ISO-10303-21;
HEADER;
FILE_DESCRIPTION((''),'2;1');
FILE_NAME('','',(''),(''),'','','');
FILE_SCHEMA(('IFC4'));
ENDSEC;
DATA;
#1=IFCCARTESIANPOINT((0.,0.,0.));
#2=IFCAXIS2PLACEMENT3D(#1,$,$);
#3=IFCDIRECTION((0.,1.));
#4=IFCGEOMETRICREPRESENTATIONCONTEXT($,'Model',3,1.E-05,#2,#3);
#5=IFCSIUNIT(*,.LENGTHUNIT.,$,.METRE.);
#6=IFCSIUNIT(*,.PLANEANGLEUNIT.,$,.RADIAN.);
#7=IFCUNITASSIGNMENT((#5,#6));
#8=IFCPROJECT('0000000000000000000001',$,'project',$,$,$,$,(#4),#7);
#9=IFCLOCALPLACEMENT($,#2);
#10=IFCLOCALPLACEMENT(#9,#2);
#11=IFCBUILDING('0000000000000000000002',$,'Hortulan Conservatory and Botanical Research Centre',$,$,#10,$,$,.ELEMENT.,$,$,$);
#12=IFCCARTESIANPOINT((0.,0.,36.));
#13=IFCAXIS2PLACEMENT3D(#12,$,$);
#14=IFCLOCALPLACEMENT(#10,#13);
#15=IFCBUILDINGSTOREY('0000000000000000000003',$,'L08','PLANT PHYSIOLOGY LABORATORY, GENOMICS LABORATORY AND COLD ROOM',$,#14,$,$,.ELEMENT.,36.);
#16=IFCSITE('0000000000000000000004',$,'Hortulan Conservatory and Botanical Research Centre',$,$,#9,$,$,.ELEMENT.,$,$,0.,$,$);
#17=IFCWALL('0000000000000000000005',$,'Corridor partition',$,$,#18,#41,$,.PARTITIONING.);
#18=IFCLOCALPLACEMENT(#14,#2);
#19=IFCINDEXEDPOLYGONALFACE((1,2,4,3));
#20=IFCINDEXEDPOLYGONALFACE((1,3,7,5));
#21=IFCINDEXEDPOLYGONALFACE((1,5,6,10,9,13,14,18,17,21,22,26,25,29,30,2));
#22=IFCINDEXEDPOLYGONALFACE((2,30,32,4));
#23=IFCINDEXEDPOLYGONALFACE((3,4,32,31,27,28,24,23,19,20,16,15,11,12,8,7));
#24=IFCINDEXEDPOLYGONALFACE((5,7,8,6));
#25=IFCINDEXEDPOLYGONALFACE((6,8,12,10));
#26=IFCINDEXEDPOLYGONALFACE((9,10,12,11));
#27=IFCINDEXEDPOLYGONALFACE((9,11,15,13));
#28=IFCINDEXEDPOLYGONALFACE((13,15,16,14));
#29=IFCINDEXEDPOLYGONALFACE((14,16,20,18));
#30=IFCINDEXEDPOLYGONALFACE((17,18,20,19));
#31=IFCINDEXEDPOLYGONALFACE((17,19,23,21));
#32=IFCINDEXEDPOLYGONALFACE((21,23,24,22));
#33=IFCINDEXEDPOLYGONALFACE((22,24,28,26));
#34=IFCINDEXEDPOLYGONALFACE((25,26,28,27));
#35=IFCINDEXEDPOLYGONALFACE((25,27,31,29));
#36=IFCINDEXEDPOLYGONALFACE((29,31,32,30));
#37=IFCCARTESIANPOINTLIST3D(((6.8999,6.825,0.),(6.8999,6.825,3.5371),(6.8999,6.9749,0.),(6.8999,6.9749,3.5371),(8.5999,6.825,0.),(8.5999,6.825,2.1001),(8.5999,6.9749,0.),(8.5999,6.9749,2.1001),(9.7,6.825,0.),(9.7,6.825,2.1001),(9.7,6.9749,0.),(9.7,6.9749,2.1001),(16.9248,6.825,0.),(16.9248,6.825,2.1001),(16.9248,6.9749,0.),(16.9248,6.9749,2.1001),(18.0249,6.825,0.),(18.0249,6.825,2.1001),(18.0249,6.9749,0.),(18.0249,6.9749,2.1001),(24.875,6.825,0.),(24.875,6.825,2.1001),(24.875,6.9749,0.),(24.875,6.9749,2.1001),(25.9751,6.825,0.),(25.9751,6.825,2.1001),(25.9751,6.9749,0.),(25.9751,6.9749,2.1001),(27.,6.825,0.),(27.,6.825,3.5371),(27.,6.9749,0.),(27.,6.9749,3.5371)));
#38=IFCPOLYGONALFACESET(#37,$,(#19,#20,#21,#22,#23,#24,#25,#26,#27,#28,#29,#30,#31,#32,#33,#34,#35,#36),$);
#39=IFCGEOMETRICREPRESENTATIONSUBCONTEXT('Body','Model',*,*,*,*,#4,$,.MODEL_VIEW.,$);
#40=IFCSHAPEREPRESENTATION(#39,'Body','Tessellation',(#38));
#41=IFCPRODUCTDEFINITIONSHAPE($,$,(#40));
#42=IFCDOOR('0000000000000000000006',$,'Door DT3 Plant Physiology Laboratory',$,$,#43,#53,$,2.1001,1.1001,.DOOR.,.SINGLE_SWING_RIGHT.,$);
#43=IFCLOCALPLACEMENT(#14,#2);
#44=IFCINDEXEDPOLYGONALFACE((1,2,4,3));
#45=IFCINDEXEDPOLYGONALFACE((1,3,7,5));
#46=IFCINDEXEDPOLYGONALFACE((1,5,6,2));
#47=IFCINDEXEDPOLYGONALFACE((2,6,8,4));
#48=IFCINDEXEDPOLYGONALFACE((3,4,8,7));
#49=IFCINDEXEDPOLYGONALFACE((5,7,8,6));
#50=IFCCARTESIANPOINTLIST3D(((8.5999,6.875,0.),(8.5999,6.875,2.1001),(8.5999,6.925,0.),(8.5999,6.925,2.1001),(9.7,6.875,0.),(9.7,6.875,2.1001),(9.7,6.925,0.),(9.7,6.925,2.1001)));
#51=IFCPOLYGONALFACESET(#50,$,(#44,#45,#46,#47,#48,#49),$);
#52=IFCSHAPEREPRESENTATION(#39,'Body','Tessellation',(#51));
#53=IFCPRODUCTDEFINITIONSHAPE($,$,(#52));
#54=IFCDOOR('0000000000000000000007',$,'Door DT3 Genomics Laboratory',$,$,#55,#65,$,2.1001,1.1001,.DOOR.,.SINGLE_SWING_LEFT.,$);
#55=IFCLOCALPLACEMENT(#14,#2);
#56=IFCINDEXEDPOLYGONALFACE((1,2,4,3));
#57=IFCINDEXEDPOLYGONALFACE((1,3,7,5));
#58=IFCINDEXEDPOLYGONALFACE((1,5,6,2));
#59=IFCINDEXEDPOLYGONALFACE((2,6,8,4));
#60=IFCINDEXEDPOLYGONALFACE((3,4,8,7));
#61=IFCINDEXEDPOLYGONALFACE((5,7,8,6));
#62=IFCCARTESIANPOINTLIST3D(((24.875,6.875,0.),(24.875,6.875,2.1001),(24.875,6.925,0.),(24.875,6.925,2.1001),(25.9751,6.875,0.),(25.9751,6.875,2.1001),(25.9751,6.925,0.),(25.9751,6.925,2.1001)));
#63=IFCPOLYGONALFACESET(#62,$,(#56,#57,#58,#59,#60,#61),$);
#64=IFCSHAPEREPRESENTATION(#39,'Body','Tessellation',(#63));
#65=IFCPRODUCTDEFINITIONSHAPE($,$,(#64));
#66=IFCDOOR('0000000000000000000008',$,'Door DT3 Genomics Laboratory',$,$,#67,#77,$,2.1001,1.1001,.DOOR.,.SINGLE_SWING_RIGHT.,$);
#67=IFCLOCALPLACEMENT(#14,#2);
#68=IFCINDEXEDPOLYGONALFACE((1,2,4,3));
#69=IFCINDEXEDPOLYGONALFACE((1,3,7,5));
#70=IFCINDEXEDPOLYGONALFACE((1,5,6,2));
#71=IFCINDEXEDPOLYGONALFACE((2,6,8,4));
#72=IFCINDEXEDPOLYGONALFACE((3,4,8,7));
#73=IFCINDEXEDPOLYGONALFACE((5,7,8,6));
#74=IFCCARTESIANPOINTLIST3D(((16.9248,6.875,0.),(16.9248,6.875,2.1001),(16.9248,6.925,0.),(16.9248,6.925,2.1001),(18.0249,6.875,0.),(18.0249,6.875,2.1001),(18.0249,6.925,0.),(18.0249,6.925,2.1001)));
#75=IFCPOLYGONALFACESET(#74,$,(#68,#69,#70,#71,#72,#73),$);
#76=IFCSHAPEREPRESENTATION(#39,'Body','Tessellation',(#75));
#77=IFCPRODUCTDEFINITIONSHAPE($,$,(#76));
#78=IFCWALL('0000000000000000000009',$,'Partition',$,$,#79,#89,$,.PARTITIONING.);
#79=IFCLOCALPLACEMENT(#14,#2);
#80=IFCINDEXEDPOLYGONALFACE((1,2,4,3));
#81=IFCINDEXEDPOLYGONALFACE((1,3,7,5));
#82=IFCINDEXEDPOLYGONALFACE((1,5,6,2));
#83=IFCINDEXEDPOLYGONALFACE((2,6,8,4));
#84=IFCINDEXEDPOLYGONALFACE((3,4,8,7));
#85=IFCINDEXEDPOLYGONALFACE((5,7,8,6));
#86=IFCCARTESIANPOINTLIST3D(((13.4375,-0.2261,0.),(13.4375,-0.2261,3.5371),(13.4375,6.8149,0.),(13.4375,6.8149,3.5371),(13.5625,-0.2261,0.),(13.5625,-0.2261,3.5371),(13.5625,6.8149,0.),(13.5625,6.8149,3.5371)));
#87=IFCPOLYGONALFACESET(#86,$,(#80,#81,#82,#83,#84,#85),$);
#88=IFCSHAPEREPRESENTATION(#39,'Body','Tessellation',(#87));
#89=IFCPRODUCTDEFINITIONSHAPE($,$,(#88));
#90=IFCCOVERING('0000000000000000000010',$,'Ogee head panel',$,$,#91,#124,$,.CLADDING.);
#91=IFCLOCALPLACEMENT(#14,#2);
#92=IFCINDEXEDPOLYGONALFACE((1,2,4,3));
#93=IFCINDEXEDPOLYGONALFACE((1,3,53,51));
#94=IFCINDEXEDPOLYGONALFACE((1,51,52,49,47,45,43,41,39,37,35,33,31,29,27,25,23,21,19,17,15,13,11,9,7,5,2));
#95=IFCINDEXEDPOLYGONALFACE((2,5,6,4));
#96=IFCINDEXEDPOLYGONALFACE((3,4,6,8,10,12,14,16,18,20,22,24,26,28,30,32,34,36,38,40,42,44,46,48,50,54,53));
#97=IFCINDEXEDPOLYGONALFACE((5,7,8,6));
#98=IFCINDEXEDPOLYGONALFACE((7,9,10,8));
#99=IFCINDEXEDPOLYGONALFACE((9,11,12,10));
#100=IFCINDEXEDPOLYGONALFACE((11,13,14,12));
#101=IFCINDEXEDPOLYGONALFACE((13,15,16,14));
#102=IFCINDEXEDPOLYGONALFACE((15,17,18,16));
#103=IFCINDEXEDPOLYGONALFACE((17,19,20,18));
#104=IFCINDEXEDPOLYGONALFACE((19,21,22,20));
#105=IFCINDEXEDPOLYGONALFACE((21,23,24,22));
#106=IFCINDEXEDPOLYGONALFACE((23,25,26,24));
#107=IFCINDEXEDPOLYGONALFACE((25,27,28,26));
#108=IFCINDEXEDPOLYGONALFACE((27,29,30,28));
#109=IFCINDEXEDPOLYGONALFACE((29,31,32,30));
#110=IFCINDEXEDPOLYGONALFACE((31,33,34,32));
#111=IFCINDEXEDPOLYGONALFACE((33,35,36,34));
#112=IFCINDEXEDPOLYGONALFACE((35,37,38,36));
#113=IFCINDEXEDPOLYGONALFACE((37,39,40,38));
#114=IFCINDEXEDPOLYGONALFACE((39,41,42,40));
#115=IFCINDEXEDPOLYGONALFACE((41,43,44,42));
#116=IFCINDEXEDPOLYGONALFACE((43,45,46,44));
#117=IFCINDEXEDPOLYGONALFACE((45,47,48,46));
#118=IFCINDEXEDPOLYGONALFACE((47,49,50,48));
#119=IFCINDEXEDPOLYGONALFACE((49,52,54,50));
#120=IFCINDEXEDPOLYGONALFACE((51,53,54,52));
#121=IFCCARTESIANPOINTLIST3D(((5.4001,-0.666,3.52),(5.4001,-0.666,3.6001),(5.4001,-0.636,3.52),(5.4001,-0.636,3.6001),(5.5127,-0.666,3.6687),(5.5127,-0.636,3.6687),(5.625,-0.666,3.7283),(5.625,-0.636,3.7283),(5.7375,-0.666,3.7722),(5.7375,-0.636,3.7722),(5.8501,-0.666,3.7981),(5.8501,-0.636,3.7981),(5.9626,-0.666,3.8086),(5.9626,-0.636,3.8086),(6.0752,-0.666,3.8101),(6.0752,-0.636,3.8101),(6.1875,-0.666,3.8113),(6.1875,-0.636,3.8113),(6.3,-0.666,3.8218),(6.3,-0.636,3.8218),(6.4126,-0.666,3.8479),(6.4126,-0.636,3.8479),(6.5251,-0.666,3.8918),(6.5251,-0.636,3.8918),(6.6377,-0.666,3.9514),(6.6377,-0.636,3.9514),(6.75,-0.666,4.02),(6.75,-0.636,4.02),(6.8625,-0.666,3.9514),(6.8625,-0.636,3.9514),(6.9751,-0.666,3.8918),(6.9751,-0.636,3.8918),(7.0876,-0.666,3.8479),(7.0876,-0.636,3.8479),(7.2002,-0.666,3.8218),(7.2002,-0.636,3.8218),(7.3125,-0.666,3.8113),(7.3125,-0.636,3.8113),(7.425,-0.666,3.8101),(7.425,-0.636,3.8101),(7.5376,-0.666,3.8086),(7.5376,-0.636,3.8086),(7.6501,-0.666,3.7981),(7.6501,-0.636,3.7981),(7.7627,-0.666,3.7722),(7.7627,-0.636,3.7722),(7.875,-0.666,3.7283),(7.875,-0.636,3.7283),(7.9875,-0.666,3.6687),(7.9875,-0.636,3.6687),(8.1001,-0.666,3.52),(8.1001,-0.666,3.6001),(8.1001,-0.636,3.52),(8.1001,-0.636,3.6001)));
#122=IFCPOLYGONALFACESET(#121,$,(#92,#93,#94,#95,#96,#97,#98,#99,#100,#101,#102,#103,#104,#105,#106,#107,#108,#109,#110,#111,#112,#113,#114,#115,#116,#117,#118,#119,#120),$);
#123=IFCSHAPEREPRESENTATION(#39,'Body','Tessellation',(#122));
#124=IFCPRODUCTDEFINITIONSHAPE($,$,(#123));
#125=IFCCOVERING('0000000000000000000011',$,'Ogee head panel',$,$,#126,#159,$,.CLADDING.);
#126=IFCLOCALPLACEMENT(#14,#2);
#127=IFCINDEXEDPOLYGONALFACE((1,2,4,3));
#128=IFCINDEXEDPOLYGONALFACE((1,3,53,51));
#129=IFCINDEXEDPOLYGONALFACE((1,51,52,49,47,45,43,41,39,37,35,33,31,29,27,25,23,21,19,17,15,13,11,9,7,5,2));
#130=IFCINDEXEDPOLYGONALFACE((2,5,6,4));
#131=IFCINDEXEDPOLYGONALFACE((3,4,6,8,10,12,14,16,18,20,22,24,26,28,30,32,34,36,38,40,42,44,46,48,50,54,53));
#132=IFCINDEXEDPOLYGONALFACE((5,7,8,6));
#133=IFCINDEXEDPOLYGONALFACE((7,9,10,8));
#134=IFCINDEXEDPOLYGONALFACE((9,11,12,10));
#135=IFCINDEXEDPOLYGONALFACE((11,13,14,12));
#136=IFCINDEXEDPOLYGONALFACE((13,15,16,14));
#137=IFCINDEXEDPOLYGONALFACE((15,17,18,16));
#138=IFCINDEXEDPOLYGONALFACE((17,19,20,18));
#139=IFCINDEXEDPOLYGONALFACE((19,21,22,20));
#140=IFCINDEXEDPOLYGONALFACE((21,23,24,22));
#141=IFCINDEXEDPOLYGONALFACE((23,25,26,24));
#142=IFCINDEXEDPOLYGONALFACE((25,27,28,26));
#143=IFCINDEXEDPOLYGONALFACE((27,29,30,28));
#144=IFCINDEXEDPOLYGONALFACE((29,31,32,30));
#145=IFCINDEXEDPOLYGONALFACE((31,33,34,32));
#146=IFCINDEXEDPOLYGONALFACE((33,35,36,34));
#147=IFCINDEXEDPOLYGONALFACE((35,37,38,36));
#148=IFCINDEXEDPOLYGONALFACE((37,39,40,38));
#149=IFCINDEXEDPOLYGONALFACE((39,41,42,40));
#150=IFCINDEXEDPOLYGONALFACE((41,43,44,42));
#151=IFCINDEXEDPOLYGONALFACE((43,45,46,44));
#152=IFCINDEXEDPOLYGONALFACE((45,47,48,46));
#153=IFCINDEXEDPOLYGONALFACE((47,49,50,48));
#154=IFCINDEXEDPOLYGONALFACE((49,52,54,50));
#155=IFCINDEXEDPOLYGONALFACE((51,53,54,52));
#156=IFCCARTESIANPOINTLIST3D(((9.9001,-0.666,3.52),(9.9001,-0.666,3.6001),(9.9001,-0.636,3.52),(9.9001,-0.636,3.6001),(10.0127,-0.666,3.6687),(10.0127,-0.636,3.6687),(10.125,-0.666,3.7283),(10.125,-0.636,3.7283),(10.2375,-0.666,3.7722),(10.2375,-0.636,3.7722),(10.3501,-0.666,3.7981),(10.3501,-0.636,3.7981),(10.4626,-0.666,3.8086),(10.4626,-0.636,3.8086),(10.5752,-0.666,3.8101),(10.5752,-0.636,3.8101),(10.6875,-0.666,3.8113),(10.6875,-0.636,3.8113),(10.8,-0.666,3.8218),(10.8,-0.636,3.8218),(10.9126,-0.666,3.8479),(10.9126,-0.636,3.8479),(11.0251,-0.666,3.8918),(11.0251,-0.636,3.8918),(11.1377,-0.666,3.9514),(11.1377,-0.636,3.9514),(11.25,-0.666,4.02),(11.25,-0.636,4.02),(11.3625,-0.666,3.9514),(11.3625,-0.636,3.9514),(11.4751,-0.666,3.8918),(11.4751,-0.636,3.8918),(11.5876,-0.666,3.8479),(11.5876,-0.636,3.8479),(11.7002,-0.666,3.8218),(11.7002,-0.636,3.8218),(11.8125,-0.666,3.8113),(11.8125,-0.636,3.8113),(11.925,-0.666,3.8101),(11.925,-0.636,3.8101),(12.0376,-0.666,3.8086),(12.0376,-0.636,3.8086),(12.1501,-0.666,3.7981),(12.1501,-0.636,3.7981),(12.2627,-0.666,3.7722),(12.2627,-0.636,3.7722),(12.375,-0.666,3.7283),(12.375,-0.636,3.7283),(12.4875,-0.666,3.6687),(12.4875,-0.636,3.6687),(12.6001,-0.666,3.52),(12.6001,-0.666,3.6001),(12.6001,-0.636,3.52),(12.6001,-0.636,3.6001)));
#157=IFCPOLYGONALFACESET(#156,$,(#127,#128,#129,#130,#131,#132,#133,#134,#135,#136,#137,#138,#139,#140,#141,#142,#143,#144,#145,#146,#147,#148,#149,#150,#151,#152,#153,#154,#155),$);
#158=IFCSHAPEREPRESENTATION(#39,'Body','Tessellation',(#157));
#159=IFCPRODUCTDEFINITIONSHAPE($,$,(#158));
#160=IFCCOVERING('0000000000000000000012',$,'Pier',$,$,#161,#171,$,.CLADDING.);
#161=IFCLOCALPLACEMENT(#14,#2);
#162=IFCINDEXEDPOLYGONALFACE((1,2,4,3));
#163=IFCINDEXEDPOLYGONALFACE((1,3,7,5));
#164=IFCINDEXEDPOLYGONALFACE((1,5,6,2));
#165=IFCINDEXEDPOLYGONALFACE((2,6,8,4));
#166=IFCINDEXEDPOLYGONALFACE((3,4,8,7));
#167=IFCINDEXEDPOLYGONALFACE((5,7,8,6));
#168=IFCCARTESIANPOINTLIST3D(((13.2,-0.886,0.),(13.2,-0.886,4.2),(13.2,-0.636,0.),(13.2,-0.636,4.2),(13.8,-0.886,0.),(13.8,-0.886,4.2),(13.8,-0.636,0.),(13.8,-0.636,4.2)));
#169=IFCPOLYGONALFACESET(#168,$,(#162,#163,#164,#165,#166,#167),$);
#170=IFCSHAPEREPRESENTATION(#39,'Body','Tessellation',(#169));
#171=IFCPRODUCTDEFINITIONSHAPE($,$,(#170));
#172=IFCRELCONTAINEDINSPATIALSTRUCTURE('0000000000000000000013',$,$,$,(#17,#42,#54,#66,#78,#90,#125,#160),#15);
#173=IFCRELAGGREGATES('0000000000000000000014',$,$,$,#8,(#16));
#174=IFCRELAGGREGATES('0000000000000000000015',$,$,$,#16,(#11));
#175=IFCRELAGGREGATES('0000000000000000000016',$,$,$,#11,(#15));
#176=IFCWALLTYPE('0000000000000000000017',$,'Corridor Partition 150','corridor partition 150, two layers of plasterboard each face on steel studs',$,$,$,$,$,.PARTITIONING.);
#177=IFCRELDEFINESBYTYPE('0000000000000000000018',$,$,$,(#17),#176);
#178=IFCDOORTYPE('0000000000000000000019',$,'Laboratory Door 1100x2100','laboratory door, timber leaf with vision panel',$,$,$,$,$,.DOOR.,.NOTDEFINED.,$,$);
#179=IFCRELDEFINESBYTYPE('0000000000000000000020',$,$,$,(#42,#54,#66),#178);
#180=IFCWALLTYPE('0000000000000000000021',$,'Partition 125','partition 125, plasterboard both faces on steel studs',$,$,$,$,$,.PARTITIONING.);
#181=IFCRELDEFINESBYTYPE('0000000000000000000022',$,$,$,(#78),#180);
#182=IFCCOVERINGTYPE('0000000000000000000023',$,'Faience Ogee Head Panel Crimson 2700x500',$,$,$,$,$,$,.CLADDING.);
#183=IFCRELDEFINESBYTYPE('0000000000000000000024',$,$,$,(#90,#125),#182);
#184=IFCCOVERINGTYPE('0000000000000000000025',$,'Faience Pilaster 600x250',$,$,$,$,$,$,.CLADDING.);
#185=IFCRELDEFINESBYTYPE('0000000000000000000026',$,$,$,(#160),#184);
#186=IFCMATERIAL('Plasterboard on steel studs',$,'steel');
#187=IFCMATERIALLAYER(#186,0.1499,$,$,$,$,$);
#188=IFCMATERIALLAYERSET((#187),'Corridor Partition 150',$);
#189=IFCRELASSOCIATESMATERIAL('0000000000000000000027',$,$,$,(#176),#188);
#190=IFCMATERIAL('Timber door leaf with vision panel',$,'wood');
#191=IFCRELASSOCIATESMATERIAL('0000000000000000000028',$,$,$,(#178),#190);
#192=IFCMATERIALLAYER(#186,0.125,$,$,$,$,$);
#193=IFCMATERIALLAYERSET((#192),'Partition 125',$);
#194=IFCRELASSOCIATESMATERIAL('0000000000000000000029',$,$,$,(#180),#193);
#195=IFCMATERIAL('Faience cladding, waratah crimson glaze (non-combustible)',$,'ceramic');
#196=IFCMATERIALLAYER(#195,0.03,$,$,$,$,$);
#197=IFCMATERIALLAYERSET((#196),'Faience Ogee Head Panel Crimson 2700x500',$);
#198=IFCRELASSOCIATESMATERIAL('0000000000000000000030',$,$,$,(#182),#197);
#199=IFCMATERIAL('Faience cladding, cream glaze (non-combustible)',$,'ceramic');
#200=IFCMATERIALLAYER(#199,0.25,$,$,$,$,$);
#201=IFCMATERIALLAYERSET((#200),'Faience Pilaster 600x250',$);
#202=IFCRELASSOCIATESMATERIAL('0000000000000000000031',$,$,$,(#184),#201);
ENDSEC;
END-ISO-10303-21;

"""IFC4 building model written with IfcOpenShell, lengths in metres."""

from ifc_helpers import new_model, si_unit, direction, frame, frame_2d, origin, origin_2d, place, context, subcontext, project, spatial, polyline, rectangle, outline, extrude, material, layer, layer_set, type_object, element, fill, save


model = new_model("IFC4")

# Units and contexts
model_context = context("Model", 3, precision=1e-05, world=origin(), true_north=direction((0.0, 1.0)))
body_context = subcontext(model_context, "Body", "Model", "MODEL_VIEW")
ifc_project = project(units=[si_unit("LENGTHUNIT", "METRE"), si_unit("PLANEANGLEUNIT", "RADIAN")], contexts=[model_context])

# Site, building, storey
site_placement = place(None, origin())
site = spatial("IfcSite", under=ifc_project, at=site_placement, Name="Hortulan Conservatory and Botanical Research Centre", CompositionType="ELEMENT", RefElevation=0.0)
building_placement = place(site_placement, origin())
building = spatial("IfcBuilding", under=site, at=building_placement, Name="Hortulan Conservatory and Botanical Research Centre", CompositionType="ELEMENT")
storey_placement = place(building_placement, frame((0.0, 0.0, 36.0)))
storey = spatial("IfcBuildingStorey", under=building, at=storey_placement, Name="L08", Description="PLANT PHYSIOLOGY LABORATORY, GENOMICS LABORATORY AND COLD ROOM", CompositionType="ELEMENT", Elevation=36.0)

# Shared definitions
ifc_material_1 = material(Name="Plasterboard on steel studs", Category="steel")
ifc_layer_1 = layer(ifc_material_1, 0.1499)
ifc_layer_set_1 = layer_set([ifc_layer_1], Name="Corridor Partition 150")
wall_type_1 = type_object("IfcWallType", Name="Corridor Partition 150", Description="corridor partition 150, two layers of plasterboard each face on steel studs", PredefinedType="PARTITIONING", material=ifc_layer_set_1)
ifc_material_2 = material(Name="Timber door leaf with vision panel", Category="wood")
door_type = type_object("IfcDoorType", Name="Laboratory Door 1100x2100", Description="laboratory door, timber leaf with vision panel", OperationType="NOTDEFINED", PredefinedType="DOOR", material=ifc_material_2)

# Wall, openings, doors
wall_1_placement = place(storey_placement, frame((6.8999, 6.8999, 0.0), z_axis=(0.0, 0.0, 1.0), x_axis=(1.0, 0.0, 0.0)))
wall_1 = element("IfcWall", 1, at=wall_1_placement, inside=storey, type_object=wall_type_1, Name="Corridor partition", PredefinedType="PARTITIONING", context=body_context, shape_type="SweptSolid", body=[
    extrude(rectangle(XDim=20.1001, YDim=0.1499, at=frame_2d((10.05, 0.0))), origin(), (0.0, 0.0, 1.0), 3.5371),
])
opening_1_placement = place(wall_1_placement, frame((1.7, 0.0, 0.0)))
opening_1 = element("IfcOpeningElement", 2, at=opening_1_placement, cuts=wall_1, PredefinedType="OPENING", context=body_context, shape_type="SweptSolid", body=[
    extrude(rectangle(XDim=1.1001, YDim=2.1001, at=frame_2d((0.55, 1.05))), frame((0.0, 0.085, 0.0), z_axis=(0.0, -1.0, 0.0), x_axis=(1.0, 0.0, 0.0)), (0.0, 0.0, 1.0), 0.1699),
])
opening_2_placement = place(wall_1_placement, frame((17.9751, 0.0, 0.0)))
opening_2 = element("IfcOpeningElement", 3, at=opening_2_placement, cuts=wall_1, PredefinedType="OPENING", context=body_context, shape_type="SweptSolid", body=[
    extrude(rectangle(XDim=1.1001, YDim=2.1001, at=frame_2d((0.55, 1.05))), frame((0.0, 0.085, 0.0), z_axis=(0.0, -1.0, 0.0), x_axis=(1.0, 0.0, 0.0)), (0.0, 0.0, 1.0), 0.1699),
])
opening_3_placement = place(wall_1_placement, frame((10.0249, 0.0, 0.0)))
opening_3 = element("IfcOpeningElement", 4, at=opening_3_placement, cuts=wall_1, PredefinedType="OPENING", context=body_context, shape_type="SweptSolid", body=[
    extrude(rectangle(XDim=1.1001, YDim=2.1001, at=frame_2d((0.55, 1.05))), frame((0.0, 0.085, 0.0), z_axis=(0.0, -1.0, 0.0), x_axis=(1.0, 0.0, 0.0)), (0.0, 0.0, 1.0), 0.1699),
])
door_1_placement = place(opening_1_placement, frame((1.1001, 0.0, 0.0), z_axis=(0.0, 0.0, 1.0), x_axis=(-1.0, 0.0, 0.0)))
door_1 = element("IfcDoor", 5, at=door_1_placement, inside=storey, type_object=door_type, Name="Door DT3 Plant Physiology Laboratory", OperationType="SINGLE_SWING_RIGHT", OverallHeight=2.1001, OverallWidth=1.1001, PredefinedType="DOOR", context=body_context, shape_type="SweptSolid", body=[
    extrude(rectangle(XDim=1.1001, YDim=2.1001, at=frame_2d((0.55, 1.05))), frame((0.0, 0.0249, 0.0), z_axis=(0.0, -1.0, 0.0), x_axis=(1.0, 0.0, 0.0)), (0.0, 0.0, 1.0), 0.05),
])
fill(opening_1, door_1)
door_2_placement = place(opening_2_placement, frame((1.1001, 0.0, 0.0), z_axis=(0.0, 0.0, 1.0), x_axis=(-1.0, 0.0, 0.0)))
door_2 = element("IfcDoor", 6, at=door_2_placement, inside=storey, type_object=door_type, Name="Door DT3 Genomics Laboratory", OperationType="SINGLE_SWING_LEFT", OverallHeight=2.1001, OverallWidth=1.1001, PredefinedType="DOOR", context=body_context, shape_type="SweptSolid", body=[
    extrude(rectangle(XDim=1.1001, YDim=2.1001, at=frame_2d((0.55, 1.05))), frame((0.0, 0.0249, 0.0), z_axis=(0.0, -1.0, 0.0), x_axis=(1.0, 0.0, 0.0)), (0.0, 0.0, 1.0), 0.05),
])
fill(opening_2, door_2)
door_3_placement = place(opening_3_placement, frame((1.1001, 0.0, 0.0), z_axis=(0.0, 0.0, 1.0), x_axis=(-1.0, 0.0, 0.0)))
door_3 = element("IfcDoor", 7, at=door_3_placement, inside=storey, type_object=door_type, Name="Door DT3 Genomics Laboratory", OperationType="SINGLE_SWING_RIGHT", OverallHeight=2.1001, OverallWidth=1.1001, PredefinedType="DOOR", context=body_context, shape_type="SweptSolid", body=[
    extrude(rectangle(XDim=1.1001, YDim=2.1001, at=frame_2d((0.55, 1.05))), frame((0.0, 0.0249, 0.0), z_axis=(0.0, -1.0, 0.0), x_axis=(1.0, 0.0, 0.0)), (0.0, 0.0, 1.0), 0.05),
])
fill(opening_3, door_3)

# Wall
ifc_layer_2 = layer(ifc_material_1, 0.125)
ifc_layer_set_2 = layer_set([ifc_layer_2], Name="Partition 125")
wall_type_2 = type_object("IfcWallType", Name="Partition 125", Description="partition 125, plasterboard both faces on steel studs", PredefinedType="PARTITIONING", material=ifc_layer_set_2)
wall_2_placement = place(storey_placement, frame((13.5, -0.2261, 0.0), z_axis=(0.0, 0.0, 1.0), x_axis=(0.0, 1.0, 0.0)))
element("IfcWall", 8, at=wall_2_placement, inside=storey, type_object=wall_type_2, Name="Partition", PredefinedType="PARTITIONING", context=body_context, shape_type="SweptSolid", body=[
    extrude(rectangle(XDim=7.041, YDim=0.125, at=frame_2d((3.5205, 0.0))), origin(), (0.0, 0.0, 1.0), 3.5371),
])

# Coverings
ifc_material_3 = material(Name="Faience cladding, waratah crimson glaze (non-combustible)", Category="ceramic")
ifc_layer_3 = layer(ifc_material_3, 0.03)
ifc_layer_set_3 = layer_set([ifc_layer_3], Name="Faience Ogee Head Panel Crimson 2700x500")
covering_type_1 = type_object("IfcCoveringType", Name="Faience Ogee Head Panel Crimson 2700x500", PredefinedType="CLADDING", material=ifc_layer_set_3)
for number, where, z_axis, x_axis, name in (
    (9, (8.1001, -0.6509, 3.52), (0.0, 0.0, 1.0), (-1.0, 0.0, 0.0), "Ogee head panel"),
    (10, (12.6001, -0.6509, 3.52), (0.0, 0.0, 1.0), (-1.0, 0.0, 0.0), "Ogee head panel"),
):
    element("IfcCovering", number, at=place(storey_placement, frame(where, z_axis=z_axis, x_axis=x_axis)), inside=storey, type_object=covering_type_1, Name=name, PredefinedType="CLADDING", context=body_context, shape_type="SweptSolid", body=[
        extrude(outline(polyline([(0.0, 0.0), (2.7, 0.0), (2.7, 0.0801), (2.5874, 0.1487), (2.4751, 0.2083), (2.3625, 0.2522), (2.25, 0.2781), (2.1375, 0.2886), (2.0249, 0.29), (1.9126, 0.2913), (1.8, 0.3018), (1.6875, 0.3279), (1.575, 0.3718), (1.4624, 0.4314), (1.3501, 0.5), (1.2375, 0.4314), (1.125, 0.3718), (1.0125, 0.3279), (0.8999, 0.3018), (0.7876, 0.2913), (0.675, 0.29), (0.5625, 0.2886), (0.45, 0.2781), (0.3374, 0.2522), (0.2251, 0.2083), (0.1125, 0.1487), (0.0, 0.0801), (0.0, 0.0)])), frame((0.0, 0.0151, 0.0), z_axis=(0.0, -1.0, 0.0), x_axis=(1.0, 0.0, 0.0)), (0.0, 0.0, 1.0), 0.03),
    ])
ifc_material_4 = material(Name="Faience cladding, cream glaze (non-combustible)", Category="ceramic")
ifc_layer_4 = layer(ifc_material_4, 0.25)
ifc_layer_set_4 = layer_set([ifc_layer_4], Name="Faience Pilaster 600x250")
covering_type_2 = type_object("IfcCoveringType", Name="Faience Pilaster 600x250", PredefinedType="CLADDING", material=ifc_layer_set_4)
for number, where, z_axis, x_axis, name in (
    (11, (13.5, -0.761, 0.0), (0.0, 0.0, 1.0), (-1.0, 0.0, 0.0), "Pier"),
):
    element("IfcCovering", number, at=place(storey_placement, frame(where, z_axis=z_axis, x_axis=x_axis)), inside=storey, type_object=covering_type_2, Name=name, PredefinedType="CLADDING", context=body_context, shape_type="SweptSolid", body=[
        extrude(rectangle(XDim=0.6001, YDim=0.25, at=origin_2d()), origin(), (0.0, 0.0, 1.0), 4.2),
    ])

save(model, "model.ifc")
